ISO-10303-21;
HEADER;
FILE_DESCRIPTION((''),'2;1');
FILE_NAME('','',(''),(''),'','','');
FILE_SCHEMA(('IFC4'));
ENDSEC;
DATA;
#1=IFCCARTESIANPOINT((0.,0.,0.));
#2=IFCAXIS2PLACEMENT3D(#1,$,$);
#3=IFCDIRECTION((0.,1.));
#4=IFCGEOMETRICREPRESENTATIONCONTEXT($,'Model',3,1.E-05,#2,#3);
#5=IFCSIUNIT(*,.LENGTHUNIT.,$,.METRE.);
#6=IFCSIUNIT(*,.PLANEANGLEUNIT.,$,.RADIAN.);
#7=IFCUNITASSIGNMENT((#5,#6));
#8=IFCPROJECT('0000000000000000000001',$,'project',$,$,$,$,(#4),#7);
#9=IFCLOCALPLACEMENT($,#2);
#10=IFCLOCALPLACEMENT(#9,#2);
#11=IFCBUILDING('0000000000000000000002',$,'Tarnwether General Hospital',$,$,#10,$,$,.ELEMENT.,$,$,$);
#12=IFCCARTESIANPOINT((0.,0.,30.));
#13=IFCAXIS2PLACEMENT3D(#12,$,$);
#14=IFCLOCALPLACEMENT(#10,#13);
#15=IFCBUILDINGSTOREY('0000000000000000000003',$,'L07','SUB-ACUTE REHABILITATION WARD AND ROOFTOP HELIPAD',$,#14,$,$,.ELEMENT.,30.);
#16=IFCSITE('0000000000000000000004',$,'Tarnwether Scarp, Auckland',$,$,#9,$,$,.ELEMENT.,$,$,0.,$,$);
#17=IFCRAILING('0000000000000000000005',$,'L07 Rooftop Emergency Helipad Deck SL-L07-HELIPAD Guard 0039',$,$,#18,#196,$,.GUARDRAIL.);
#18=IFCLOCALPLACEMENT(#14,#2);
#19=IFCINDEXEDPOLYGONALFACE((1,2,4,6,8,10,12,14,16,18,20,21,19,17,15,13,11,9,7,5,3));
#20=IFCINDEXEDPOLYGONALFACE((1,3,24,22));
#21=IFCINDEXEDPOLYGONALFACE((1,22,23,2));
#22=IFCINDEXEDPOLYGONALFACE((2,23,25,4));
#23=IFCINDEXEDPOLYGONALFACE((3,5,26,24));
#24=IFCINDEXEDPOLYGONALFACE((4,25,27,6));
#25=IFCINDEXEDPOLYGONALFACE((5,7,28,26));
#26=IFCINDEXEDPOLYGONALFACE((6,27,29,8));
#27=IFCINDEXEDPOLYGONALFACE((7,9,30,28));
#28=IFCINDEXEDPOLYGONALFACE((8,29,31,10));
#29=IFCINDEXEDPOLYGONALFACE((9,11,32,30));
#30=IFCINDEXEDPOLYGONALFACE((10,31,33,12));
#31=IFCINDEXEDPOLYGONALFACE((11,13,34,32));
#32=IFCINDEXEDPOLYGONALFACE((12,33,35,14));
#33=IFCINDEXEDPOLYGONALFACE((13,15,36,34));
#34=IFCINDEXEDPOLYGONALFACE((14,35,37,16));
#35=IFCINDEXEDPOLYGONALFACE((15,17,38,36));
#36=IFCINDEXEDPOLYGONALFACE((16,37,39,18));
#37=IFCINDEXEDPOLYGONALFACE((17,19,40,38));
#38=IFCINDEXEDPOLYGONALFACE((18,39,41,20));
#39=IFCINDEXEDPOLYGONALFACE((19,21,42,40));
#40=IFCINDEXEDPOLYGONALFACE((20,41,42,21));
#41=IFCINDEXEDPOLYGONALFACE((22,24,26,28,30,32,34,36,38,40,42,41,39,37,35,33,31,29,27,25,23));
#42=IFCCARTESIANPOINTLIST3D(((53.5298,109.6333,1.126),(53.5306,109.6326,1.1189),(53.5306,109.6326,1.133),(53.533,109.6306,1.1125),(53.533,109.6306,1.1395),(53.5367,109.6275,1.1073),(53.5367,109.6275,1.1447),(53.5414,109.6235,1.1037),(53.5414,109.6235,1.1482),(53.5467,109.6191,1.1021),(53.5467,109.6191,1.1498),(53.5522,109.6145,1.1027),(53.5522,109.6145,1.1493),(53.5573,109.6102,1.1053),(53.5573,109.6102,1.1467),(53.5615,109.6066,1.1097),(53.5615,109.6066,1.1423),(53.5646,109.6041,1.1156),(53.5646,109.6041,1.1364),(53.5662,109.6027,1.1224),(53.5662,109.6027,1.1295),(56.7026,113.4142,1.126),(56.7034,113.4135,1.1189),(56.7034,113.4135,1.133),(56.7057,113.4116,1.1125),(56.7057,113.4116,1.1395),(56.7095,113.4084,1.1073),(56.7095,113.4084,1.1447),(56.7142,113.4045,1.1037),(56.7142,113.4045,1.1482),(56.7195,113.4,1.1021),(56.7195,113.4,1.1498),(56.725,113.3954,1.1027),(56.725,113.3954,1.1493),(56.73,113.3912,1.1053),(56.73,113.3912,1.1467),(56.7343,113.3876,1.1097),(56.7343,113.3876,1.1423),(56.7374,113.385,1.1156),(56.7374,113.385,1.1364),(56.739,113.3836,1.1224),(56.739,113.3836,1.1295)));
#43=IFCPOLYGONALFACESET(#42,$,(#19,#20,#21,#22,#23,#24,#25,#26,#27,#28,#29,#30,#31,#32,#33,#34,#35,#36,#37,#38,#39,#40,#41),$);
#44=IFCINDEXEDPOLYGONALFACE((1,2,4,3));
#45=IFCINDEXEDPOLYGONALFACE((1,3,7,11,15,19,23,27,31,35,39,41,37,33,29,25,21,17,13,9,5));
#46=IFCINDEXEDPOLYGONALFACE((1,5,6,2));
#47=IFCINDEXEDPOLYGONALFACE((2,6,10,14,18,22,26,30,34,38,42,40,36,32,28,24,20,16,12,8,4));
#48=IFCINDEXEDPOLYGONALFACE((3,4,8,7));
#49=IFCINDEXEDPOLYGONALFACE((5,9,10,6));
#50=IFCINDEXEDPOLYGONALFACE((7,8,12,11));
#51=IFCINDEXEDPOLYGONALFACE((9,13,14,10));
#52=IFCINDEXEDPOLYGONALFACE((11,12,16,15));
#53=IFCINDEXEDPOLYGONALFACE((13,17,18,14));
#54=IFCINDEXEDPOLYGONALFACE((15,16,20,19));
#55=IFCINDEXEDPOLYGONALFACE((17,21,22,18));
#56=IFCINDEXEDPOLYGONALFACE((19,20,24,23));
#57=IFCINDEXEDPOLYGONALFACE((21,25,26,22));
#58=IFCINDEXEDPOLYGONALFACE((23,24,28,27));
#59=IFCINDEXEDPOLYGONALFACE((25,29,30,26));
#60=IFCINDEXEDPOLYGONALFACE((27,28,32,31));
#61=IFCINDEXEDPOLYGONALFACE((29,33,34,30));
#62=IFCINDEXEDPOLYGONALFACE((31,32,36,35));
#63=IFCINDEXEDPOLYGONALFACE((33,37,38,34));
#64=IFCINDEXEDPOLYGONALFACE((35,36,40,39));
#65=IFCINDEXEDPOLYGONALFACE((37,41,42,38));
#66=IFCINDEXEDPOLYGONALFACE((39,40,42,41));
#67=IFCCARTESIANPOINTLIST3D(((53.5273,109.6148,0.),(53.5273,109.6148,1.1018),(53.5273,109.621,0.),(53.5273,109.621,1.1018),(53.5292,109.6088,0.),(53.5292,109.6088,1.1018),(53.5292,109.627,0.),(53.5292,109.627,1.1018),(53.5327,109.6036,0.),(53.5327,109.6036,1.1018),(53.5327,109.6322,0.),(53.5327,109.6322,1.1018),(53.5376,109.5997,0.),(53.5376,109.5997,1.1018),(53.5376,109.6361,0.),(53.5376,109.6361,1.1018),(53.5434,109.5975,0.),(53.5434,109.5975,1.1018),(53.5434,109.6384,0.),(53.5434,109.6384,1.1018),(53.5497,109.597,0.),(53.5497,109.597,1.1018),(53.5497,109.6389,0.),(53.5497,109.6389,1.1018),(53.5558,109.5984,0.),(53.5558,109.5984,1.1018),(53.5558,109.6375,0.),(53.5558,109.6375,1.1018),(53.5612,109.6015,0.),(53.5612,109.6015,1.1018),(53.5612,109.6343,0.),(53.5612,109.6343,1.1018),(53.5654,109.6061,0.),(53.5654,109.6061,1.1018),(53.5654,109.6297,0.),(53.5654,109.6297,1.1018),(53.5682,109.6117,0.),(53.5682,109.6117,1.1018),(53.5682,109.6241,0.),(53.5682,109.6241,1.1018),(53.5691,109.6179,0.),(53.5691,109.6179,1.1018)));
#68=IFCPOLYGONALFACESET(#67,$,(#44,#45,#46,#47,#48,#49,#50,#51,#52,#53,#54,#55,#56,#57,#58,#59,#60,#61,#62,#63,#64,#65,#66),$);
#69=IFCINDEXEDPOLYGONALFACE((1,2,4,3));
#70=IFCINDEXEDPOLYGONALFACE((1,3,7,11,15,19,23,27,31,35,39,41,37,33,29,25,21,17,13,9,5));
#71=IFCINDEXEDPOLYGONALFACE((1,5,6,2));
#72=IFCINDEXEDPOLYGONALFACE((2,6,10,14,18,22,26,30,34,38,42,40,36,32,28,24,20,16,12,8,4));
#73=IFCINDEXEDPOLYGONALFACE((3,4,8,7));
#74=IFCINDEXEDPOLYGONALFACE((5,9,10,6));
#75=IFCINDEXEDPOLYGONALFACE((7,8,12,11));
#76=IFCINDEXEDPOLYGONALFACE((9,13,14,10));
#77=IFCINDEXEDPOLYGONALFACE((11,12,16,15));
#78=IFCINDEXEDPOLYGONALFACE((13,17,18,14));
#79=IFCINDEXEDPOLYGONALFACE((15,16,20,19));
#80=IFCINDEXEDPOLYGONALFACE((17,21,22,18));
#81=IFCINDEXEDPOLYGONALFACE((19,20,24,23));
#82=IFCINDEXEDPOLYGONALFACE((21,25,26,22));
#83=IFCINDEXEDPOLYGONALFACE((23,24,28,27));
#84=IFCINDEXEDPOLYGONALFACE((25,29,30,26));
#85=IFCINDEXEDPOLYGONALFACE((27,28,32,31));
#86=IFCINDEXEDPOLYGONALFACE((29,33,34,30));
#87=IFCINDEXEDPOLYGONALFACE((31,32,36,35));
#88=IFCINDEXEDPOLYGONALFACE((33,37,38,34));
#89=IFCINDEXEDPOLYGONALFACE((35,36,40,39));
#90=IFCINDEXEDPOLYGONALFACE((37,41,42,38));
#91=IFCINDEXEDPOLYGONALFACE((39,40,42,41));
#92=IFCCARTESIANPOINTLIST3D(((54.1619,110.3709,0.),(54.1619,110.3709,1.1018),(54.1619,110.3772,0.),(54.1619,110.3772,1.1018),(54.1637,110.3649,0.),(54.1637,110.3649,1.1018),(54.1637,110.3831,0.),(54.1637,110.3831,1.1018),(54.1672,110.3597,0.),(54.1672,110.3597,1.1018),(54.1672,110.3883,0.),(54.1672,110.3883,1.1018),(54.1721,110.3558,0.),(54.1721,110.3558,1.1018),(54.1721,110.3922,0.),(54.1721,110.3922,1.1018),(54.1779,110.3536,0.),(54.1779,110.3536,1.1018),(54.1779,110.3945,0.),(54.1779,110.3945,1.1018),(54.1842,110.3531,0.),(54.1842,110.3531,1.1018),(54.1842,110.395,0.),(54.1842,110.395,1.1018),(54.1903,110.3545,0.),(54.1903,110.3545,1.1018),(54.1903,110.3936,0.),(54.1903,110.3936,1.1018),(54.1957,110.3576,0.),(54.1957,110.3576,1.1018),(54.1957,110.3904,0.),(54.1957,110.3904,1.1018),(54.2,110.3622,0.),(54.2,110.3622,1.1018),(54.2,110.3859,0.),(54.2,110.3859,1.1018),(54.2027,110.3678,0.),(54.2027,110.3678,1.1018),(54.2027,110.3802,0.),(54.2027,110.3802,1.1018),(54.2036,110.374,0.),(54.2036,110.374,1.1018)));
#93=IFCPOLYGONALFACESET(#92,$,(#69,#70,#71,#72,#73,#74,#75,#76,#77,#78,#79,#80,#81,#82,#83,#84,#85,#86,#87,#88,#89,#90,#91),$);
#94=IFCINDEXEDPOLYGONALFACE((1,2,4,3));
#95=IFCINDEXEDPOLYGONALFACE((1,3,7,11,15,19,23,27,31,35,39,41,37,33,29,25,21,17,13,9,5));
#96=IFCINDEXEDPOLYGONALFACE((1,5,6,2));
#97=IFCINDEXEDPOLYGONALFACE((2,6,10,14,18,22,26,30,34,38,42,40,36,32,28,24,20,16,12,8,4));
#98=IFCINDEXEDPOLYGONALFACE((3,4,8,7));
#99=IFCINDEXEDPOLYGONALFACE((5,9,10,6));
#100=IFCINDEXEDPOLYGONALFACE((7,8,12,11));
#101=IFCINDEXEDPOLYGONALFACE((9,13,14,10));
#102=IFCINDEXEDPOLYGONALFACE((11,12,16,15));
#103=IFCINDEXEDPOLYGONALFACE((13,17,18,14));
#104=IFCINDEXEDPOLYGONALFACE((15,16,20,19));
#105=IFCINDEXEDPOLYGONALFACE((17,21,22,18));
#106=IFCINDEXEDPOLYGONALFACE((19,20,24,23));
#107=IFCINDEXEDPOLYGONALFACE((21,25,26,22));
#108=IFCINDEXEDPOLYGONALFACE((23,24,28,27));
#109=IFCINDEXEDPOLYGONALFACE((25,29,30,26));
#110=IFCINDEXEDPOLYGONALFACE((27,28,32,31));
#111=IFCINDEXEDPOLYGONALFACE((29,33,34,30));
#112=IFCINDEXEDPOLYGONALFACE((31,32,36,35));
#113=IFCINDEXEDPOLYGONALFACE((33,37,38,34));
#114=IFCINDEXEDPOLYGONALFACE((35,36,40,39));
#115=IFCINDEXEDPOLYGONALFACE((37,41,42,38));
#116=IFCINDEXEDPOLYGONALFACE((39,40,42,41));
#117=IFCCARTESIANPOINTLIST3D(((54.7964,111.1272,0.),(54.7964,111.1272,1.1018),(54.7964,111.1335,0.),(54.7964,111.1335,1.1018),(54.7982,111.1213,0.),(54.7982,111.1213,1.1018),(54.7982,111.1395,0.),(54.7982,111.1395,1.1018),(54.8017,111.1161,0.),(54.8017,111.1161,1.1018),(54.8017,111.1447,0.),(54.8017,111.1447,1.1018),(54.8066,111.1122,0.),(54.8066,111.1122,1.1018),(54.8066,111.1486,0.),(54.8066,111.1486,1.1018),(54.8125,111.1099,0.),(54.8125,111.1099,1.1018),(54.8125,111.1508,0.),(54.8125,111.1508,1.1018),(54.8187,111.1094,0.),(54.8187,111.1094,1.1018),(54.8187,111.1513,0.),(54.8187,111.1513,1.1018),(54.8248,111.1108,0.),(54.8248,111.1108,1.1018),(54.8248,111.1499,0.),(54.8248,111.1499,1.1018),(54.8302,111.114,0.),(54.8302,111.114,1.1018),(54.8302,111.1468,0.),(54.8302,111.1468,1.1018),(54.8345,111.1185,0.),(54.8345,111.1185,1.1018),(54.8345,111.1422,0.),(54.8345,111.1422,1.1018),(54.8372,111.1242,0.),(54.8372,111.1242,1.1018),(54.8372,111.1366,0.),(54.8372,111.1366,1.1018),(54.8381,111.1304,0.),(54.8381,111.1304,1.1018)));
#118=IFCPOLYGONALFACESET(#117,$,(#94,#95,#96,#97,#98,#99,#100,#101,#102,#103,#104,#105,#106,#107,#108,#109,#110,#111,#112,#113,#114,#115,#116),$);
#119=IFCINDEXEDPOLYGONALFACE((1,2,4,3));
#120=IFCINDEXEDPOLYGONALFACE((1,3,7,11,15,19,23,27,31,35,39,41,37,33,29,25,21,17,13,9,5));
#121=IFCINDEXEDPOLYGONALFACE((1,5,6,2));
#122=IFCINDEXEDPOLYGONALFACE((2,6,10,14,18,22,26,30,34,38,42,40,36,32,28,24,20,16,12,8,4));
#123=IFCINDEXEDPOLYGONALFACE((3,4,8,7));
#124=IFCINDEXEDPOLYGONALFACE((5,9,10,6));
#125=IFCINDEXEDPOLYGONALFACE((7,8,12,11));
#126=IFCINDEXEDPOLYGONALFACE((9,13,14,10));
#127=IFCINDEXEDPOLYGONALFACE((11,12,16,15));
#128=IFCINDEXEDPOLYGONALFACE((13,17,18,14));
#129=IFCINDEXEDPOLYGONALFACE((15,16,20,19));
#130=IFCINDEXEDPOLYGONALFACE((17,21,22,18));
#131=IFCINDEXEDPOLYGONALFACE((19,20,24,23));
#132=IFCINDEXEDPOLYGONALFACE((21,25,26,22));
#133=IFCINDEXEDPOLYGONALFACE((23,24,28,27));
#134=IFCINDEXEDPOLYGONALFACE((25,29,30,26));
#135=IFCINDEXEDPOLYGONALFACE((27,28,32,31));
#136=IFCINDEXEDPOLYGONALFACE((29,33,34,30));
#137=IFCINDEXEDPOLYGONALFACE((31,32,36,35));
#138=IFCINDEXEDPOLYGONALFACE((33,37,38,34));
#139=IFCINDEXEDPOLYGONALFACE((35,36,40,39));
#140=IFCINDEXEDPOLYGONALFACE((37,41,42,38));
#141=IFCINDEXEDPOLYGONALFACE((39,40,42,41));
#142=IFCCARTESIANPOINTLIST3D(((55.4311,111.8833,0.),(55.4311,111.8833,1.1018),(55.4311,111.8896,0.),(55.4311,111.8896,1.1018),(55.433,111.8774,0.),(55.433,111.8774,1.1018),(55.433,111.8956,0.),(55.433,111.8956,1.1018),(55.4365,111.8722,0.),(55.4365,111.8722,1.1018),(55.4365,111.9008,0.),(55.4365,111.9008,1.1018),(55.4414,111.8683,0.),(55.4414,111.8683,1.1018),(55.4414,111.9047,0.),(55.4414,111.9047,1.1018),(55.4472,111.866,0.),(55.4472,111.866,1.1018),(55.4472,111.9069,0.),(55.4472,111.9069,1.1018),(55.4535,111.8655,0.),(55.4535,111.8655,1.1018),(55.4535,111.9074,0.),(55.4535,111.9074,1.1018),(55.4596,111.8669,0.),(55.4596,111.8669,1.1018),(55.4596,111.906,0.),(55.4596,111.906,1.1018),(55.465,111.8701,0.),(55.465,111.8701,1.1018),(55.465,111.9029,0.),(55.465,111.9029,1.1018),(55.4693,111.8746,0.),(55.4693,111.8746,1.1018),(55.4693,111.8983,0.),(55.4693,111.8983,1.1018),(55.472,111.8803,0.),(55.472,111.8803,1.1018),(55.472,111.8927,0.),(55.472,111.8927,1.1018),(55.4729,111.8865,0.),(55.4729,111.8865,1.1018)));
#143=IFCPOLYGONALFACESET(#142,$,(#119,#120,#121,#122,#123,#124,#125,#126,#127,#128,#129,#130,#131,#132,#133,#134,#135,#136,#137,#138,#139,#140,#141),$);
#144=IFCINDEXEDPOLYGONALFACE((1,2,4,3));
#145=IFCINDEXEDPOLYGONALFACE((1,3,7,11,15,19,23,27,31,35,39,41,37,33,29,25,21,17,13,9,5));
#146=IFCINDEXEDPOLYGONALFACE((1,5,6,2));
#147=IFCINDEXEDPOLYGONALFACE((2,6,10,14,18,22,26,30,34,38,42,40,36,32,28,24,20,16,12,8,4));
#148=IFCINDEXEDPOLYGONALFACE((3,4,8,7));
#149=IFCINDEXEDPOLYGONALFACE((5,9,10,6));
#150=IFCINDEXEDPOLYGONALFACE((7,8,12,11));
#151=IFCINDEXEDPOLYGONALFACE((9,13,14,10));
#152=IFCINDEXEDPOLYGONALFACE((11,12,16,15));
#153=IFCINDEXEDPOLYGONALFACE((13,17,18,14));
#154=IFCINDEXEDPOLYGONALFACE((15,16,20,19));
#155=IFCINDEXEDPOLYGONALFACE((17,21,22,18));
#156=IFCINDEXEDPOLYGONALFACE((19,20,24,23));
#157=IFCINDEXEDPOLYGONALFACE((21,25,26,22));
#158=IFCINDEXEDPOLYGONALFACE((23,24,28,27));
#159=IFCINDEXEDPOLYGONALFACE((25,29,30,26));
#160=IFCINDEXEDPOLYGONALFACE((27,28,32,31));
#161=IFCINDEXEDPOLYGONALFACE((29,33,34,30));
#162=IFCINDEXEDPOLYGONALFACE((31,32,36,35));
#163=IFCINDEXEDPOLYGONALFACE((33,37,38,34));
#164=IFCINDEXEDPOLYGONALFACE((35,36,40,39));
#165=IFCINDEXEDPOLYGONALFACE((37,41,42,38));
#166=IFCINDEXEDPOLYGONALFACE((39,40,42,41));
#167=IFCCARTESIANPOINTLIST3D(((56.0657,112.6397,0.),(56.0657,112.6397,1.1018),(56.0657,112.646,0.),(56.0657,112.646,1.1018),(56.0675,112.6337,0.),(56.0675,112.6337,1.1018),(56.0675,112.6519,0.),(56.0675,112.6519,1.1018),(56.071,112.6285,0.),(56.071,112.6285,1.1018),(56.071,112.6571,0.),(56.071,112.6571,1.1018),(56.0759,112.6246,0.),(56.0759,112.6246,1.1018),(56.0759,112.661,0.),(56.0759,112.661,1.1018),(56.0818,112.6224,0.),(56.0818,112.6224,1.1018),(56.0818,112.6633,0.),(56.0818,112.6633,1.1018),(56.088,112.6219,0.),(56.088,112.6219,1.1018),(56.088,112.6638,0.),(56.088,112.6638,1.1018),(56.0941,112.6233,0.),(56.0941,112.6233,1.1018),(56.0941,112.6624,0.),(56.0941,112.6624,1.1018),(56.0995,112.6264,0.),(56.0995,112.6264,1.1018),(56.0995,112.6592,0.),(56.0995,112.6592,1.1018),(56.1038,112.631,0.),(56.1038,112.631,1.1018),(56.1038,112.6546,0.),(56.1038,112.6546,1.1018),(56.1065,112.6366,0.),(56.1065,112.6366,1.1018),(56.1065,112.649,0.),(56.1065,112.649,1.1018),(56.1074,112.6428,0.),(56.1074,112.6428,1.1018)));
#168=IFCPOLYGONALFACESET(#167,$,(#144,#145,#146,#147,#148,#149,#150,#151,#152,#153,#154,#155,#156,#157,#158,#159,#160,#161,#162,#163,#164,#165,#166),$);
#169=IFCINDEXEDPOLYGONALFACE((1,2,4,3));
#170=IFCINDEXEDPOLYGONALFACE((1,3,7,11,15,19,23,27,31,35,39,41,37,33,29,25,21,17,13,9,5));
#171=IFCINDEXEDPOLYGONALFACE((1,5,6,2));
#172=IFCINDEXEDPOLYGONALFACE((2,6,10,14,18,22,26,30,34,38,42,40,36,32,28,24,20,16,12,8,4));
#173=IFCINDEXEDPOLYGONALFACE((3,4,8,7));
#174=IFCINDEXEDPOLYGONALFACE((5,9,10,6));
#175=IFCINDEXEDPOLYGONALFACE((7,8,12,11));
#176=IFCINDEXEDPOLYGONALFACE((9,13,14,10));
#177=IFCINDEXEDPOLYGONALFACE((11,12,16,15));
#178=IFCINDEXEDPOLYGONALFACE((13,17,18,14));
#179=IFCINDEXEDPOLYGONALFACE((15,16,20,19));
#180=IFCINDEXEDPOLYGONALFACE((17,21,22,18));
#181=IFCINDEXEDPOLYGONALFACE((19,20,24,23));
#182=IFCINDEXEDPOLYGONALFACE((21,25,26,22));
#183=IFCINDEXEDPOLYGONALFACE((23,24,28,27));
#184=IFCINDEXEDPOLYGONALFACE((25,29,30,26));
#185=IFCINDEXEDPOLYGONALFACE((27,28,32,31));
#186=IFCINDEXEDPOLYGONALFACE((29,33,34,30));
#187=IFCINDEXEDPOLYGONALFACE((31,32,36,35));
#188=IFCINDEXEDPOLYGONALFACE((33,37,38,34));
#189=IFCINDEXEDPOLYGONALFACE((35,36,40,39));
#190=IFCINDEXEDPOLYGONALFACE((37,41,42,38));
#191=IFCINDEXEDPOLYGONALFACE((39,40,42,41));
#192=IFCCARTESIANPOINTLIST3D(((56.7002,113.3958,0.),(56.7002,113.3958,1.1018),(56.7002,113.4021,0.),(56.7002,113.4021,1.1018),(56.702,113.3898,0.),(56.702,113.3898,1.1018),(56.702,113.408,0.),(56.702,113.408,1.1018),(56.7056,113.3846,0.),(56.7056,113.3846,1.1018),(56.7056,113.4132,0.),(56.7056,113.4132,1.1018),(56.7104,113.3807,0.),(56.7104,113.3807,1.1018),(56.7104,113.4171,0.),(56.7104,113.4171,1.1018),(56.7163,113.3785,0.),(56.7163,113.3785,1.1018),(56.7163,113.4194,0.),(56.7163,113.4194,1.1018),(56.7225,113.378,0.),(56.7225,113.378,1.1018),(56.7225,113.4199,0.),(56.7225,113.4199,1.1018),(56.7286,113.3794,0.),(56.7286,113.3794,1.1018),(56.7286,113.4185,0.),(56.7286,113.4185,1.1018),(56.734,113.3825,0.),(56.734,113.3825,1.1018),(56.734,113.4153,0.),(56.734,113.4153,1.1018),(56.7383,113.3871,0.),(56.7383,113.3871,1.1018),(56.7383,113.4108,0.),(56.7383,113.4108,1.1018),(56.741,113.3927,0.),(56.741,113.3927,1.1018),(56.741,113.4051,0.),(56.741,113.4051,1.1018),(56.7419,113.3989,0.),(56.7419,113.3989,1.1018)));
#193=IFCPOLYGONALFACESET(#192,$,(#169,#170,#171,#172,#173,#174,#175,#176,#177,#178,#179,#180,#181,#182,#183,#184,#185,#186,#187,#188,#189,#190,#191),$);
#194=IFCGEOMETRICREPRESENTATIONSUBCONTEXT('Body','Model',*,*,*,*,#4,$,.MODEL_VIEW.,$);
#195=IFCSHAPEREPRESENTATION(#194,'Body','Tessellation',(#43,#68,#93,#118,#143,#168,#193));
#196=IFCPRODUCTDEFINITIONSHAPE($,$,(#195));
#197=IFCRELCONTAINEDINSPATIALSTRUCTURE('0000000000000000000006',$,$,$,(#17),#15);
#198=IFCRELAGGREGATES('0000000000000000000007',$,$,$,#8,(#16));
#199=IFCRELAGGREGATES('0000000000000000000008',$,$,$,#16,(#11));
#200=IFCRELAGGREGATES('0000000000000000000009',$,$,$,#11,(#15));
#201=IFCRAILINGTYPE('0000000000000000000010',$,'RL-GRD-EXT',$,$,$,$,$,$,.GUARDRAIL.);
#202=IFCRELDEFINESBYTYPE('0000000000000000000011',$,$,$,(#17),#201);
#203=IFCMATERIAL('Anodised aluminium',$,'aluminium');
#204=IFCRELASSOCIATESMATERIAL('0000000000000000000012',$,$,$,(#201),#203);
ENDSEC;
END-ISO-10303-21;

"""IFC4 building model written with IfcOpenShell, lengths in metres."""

from ifc_helpers import new_model, si_unit, direction, frame, origin, origin_2d, place, context, subcontext, project, spatial, circle, extrude, material, type_object, element, save


model = new_model("IFC4")

# Units and contexts
model_context = context("Model", 3, precision=1e-05, world=origin(), true_north=direction((0.0, 1.0)))
body_context = subcontext(model_context, "Body", "Model", "MODEL_VIEW")
ifc_project = project(units=[si_unit("LENGTHUNIT", "METRE"), si_unit("PLANEANGLEUNIT", "RADIAN")], contexts=[model_context])

# Site, building, storey
site_placement = place(None, origin())
site = spatial("IfcSite", under=ifc_project, at=site_placement, Name="Tarnwether Scarp, Auckland", CompositionType="ELEMENT", RefElevation=0.0)
building_placement = place(site_placement, origin())
building = spatial("IfcBuilding", under=site, at=building_placement, Name="Tarnwether General Hospital", CompositionType="ELEMENT")
storey_placement = place(building_placement, frame((0.0, 0.0, 30.0)))
storey = spatial("IfcBuildingStorey", under=building, at=storey_placement, Name="L07", Description="SUB-ACUTE REHABILITATION WARD AND ROOFTOP HELIPAD", CompositionType="ELEMENT", Elevation=30.0)

# Railing
ifc_material_1 = material(Name="Anodised aluminium", Category="aluminium")
railing_type = type_object("IfcRailingType", Name="RL-GRD-EXT", PredefinedType="GUARDRAIL", material=ifc_material_1)
railing_1_placement = place(storey_placement, frame((53.5481, 109.6179, 0.0)))
element("IfcRailing", 1, at=railing_1_placement, inside=storey, type_object=railing_type, Name="L07 Rooftop Emergency Helipad Deck SL-L07-HELIPAD Guard 0039", PredefinedType="GUARDRAIL", context=body_context, shape_type="SweptSolid", body=[
    extrude(circle(Radius=0.0239, at=origin_2d()), frame((0.0, 0.0, 1.126), z_axis=(0.642813, 0.766023, 0.0), x_axis=(-0.766023, 0.642813, 0.0)), (0.0, 0.0, 1.0), 4.9358),
    extrude(circle(Radius=0.021, at=origin_2d()), origin(), (0.0, 0.0, 1.0), 1.1018),
    extrude(circle(Radius=0.021, at=origin_2d()), frame((0.6345, 0.7561, 0.0)), (0.0, 0.0, 1.0), 1.1018),
    extrude(circle(Radius=0.021, at=origin_2d()), frame((1.269, 1.5125, 0.0)), (0.0, 0.0, 1.0), 1.1018),
    extrude(circle(Radius=0.021, at=origin_2d()), frame((1.9038, 2.2686, 0.0)), (0.0, 0.0, 1.0), 1.1018),
    extrude(circle(Radius=0.021, at=origin_2d()), frame((2.5383, 3.0249, 0.0)), (0.0, 0.0, 1.0), 1.1018),
    extrude(circle(Radius=0.021, at=origin_2d()), frame((3.1729, 3.781, 0.0)), (0.0, 0.0, 1.0), 1.1018),
])

save(model, "model.ifc")
